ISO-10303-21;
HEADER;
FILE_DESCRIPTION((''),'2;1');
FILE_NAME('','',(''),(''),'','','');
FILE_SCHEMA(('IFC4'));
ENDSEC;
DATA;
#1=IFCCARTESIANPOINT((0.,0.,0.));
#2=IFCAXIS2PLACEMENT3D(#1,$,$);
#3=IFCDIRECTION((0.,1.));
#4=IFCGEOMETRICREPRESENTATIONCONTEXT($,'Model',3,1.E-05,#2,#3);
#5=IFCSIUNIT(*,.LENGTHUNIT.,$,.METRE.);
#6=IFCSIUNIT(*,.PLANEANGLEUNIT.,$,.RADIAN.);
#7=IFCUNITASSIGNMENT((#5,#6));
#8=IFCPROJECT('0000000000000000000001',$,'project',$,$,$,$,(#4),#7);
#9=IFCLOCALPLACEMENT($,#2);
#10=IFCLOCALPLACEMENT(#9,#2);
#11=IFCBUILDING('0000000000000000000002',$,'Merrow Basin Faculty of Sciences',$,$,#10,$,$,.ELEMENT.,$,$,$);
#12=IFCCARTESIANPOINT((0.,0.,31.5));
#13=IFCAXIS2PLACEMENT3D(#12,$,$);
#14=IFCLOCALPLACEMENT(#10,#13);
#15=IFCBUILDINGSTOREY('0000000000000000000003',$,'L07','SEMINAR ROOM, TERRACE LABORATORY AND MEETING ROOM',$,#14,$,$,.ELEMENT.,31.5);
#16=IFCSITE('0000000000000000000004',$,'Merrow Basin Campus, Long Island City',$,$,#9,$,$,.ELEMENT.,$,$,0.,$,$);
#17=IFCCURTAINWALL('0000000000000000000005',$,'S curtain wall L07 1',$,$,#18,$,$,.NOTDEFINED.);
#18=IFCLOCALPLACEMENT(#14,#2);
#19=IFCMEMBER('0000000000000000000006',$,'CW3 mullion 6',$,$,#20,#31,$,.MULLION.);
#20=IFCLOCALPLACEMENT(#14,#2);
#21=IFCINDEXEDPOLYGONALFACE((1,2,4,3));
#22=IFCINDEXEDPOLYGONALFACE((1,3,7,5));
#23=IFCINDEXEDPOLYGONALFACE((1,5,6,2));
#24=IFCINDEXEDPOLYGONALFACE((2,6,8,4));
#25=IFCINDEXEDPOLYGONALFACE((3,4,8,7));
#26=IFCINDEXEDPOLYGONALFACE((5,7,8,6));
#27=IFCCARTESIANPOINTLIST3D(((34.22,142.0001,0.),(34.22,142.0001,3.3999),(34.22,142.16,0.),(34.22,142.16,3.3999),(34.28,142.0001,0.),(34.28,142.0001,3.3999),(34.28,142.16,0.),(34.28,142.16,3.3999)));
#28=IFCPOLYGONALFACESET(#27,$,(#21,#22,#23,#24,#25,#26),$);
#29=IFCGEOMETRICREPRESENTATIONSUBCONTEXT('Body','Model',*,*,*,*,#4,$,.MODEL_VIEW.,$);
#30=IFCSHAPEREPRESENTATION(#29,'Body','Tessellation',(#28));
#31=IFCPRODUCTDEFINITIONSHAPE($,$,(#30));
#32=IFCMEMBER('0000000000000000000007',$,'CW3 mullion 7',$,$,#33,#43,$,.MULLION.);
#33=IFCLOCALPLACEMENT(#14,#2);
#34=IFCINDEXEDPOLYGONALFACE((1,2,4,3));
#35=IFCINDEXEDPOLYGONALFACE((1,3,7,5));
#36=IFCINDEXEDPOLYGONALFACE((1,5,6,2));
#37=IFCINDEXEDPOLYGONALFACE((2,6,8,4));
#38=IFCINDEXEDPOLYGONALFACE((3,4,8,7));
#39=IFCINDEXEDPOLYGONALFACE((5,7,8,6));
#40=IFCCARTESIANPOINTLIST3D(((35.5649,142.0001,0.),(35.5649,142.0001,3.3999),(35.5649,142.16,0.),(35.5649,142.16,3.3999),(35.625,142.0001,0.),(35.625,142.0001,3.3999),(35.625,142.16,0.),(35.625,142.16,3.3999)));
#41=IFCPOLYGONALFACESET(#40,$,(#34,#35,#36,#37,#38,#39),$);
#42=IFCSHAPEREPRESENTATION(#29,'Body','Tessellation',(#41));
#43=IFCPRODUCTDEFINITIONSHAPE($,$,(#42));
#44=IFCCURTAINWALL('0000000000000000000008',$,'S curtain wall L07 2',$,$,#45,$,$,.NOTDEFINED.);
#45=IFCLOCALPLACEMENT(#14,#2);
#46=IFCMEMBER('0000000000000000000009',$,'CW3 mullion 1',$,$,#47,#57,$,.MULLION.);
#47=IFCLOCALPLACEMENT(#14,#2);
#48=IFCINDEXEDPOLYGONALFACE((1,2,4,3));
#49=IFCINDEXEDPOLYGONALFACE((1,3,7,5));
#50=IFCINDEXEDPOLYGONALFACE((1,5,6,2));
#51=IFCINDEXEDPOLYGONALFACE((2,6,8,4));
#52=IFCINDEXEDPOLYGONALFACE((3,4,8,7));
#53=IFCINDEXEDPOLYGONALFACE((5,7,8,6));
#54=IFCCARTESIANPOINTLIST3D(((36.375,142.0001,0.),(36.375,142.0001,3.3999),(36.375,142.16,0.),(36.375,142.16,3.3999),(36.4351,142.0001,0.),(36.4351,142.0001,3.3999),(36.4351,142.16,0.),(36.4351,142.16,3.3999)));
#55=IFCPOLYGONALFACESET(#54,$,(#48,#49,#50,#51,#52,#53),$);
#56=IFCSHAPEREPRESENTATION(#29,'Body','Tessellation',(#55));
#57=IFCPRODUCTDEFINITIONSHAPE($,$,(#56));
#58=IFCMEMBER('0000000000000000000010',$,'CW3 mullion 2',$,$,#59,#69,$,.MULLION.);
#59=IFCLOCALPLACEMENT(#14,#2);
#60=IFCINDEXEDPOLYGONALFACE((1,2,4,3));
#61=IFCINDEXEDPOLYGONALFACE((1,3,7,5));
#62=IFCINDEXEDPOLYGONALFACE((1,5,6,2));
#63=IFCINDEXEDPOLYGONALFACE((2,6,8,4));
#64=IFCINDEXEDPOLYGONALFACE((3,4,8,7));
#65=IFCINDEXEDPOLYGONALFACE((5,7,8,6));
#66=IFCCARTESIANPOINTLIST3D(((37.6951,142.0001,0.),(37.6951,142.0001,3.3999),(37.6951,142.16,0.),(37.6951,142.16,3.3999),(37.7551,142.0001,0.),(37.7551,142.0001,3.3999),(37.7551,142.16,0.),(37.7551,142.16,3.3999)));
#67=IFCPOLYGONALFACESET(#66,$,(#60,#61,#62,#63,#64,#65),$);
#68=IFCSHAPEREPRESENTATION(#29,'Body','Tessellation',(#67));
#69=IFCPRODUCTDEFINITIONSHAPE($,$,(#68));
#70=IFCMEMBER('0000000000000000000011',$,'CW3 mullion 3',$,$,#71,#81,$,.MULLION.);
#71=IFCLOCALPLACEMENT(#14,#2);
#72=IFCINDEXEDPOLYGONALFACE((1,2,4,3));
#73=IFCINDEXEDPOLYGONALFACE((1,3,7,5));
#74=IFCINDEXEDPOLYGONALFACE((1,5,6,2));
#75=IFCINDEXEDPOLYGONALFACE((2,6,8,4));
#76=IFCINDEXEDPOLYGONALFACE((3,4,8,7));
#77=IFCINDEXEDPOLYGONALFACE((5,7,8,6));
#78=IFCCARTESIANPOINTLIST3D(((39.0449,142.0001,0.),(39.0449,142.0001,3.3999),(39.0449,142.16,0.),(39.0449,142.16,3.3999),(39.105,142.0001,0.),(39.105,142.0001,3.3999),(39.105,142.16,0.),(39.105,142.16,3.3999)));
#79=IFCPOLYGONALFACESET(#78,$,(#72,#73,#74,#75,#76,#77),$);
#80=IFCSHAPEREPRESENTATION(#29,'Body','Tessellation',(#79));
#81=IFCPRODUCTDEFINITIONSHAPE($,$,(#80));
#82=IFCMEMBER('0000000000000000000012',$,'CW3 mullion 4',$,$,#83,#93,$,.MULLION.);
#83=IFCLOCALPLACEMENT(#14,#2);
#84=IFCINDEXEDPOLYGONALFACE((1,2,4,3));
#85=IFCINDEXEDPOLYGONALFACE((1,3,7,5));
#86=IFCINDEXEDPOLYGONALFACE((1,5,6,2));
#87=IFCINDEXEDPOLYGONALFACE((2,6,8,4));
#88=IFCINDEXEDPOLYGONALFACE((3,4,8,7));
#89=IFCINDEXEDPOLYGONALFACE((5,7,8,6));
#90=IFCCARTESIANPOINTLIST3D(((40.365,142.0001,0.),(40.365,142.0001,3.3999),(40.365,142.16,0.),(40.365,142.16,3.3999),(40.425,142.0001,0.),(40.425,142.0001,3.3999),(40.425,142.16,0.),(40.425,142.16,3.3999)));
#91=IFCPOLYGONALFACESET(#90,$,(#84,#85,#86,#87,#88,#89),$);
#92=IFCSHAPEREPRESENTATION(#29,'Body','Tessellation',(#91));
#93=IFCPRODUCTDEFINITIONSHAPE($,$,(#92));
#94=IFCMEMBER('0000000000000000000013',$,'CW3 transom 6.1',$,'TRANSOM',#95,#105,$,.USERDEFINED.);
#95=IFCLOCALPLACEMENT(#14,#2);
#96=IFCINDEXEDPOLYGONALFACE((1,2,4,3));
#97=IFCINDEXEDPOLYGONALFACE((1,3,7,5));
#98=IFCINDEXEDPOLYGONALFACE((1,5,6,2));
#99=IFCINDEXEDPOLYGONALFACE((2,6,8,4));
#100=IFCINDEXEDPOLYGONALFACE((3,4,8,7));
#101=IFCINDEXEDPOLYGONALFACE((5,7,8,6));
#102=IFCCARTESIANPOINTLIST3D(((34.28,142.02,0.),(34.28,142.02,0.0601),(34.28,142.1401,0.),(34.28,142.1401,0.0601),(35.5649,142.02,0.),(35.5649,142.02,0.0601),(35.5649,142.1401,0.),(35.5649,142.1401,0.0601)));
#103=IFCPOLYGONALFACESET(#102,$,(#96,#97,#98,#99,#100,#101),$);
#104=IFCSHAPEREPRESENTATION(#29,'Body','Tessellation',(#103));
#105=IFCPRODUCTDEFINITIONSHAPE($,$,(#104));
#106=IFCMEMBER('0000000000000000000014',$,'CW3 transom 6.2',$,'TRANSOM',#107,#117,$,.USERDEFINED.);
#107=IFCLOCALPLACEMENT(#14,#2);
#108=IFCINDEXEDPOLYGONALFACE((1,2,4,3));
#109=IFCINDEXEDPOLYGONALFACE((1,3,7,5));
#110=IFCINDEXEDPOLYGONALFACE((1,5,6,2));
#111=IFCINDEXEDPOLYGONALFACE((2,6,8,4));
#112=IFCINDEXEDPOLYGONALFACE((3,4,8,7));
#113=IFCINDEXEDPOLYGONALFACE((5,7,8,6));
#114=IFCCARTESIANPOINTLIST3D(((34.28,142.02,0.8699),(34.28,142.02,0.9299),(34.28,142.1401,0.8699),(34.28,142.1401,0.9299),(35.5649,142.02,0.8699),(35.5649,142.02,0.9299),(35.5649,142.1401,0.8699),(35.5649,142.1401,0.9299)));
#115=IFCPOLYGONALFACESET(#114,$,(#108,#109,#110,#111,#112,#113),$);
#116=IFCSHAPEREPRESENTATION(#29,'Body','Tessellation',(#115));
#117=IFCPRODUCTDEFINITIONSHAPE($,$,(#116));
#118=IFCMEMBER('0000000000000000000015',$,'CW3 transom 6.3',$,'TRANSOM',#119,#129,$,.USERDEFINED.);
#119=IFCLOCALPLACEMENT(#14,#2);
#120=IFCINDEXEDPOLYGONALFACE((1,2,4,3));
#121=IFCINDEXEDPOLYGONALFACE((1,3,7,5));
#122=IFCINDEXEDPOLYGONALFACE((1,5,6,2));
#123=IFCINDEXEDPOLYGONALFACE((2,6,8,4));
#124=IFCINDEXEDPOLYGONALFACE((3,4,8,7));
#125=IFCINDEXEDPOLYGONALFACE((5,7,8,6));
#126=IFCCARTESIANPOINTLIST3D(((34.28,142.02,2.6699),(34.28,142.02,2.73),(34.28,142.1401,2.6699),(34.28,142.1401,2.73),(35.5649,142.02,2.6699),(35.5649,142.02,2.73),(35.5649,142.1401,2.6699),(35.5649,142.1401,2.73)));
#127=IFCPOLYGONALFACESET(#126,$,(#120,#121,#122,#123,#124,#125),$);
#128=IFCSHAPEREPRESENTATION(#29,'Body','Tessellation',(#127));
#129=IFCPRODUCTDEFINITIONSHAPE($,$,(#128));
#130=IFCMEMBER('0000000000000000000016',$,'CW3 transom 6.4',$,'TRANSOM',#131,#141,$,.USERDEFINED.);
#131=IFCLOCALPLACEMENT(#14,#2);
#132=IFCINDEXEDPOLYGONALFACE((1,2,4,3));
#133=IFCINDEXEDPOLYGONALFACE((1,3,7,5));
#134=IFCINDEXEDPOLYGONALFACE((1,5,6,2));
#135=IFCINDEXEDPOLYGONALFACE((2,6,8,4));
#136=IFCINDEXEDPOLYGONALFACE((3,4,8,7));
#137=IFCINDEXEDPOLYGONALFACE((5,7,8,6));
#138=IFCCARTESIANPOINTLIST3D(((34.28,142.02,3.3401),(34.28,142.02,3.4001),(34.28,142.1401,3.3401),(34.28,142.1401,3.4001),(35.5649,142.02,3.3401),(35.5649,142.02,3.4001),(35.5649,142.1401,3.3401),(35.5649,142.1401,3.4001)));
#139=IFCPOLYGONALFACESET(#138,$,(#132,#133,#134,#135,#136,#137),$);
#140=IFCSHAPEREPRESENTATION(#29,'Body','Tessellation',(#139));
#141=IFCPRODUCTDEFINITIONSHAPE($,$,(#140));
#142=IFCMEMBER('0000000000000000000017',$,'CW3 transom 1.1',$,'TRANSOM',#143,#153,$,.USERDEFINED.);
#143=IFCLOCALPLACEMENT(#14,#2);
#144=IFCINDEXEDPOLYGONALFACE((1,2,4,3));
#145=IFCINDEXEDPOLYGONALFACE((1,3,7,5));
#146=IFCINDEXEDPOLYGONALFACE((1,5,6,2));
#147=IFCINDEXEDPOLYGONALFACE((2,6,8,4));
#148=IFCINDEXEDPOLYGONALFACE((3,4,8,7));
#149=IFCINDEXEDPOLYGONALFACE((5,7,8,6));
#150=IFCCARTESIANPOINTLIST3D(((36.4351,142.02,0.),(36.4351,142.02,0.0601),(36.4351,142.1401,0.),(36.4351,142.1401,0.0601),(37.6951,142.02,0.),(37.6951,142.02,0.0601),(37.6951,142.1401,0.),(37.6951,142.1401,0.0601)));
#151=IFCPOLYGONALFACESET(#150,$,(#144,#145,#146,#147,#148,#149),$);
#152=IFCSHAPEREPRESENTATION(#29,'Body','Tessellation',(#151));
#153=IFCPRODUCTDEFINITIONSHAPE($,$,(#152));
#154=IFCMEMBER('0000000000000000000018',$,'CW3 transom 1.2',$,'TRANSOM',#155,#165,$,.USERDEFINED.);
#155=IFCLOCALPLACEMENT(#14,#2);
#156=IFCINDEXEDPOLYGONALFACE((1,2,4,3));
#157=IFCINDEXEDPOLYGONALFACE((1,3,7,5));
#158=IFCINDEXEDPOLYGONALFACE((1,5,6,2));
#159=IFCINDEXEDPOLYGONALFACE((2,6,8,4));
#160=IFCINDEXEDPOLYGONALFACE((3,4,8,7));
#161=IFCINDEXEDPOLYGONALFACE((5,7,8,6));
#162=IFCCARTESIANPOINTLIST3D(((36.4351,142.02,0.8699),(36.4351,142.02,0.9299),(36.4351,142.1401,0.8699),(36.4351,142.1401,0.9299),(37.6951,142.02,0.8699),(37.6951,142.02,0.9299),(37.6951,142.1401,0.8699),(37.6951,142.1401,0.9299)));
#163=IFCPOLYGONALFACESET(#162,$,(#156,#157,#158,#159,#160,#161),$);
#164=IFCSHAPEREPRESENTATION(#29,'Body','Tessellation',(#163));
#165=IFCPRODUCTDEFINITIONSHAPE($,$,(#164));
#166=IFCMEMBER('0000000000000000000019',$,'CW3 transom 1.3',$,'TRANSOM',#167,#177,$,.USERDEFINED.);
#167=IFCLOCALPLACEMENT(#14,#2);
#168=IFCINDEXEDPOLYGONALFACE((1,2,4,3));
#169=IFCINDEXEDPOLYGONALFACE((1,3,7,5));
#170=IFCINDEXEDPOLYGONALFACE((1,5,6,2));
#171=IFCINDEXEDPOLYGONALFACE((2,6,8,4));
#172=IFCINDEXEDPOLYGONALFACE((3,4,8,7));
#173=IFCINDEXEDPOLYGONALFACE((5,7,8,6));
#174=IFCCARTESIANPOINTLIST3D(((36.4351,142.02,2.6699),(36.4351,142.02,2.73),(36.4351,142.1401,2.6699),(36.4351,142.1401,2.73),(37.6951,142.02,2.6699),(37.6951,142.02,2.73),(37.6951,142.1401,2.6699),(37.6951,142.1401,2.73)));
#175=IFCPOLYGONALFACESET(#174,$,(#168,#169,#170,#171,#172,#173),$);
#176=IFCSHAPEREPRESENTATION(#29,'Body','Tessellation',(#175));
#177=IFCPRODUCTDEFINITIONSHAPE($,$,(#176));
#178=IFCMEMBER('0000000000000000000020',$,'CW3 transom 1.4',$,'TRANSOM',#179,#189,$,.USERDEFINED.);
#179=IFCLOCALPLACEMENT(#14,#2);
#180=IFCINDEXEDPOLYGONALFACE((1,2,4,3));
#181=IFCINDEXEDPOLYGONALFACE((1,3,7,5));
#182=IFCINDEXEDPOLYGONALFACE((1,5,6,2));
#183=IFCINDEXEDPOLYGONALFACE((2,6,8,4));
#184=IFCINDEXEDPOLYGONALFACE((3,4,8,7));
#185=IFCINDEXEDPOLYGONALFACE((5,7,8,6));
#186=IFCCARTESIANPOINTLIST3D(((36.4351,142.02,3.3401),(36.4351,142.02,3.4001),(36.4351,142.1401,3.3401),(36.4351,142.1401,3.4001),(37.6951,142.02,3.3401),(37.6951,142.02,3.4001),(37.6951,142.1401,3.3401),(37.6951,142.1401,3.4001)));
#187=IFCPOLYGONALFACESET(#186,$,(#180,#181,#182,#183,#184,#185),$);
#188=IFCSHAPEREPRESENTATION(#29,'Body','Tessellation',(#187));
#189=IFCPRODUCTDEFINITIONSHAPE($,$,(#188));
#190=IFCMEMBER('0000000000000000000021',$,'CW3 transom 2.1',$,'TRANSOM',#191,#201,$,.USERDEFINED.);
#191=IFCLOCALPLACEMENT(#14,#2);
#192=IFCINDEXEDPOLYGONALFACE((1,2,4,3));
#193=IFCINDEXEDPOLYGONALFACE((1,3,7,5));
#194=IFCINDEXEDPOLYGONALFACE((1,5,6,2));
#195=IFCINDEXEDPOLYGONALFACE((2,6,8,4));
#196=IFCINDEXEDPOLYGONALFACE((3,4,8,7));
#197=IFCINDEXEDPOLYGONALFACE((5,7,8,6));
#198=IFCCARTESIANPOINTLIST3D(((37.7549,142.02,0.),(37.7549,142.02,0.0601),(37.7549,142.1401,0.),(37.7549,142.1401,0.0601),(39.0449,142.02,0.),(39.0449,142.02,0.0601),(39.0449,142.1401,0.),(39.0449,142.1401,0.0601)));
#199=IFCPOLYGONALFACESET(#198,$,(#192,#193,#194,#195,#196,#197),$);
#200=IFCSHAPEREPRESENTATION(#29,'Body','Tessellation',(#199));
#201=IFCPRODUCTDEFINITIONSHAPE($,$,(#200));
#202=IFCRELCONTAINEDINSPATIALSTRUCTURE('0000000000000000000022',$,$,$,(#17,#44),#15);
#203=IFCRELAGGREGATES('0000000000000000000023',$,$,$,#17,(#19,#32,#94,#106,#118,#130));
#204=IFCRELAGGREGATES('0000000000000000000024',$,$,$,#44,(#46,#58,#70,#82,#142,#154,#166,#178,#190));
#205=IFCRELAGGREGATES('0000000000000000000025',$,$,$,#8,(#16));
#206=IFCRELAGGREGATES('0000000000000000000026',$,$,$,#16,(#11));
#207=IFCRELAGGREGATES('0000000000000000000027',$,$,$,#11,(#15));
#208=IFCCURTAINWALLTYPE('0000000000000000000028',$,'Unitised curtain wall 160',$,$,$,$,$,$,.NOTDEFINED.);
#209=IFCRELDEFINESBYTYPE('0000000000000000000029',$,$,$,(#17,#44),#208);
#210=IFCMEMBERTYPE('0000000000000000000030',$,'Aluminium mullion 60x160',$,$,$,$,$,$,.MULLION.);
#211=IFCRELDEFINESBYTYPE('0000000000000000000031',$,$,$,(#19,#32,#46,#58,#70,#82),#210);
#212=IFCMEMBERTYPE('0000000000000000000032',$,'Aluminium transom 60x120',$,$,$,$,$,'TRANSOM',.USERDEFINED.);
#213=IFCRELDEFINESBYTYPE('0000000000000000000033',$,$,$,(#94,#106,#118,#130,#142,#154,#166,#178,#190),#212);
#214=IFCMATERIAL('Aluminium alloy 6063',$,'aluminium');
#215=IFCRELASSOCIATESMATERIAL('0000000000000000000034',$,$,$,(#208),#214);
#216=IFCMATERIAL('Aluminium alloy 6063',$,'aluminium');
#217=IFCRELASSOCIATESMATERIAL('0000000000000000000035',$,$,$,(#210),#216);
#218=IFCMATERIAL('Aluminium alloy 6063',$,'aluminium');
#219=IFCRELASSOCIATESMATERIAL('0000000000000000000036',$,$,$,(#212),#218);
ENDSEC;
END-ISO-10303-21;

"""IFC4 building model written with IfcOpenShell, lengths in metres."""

from ifc_helpers import new_model, si_unit, direction, frame, origin, origin_2d, place, context, subcontext, project, spatial, rectangle, extrude, material, material_profile, profile_set, type_object, element, aggregate, save


model = new_model("IFC4")

# Units and contexts
model_context = context("Model", 3, precision=1e-05, world=origin(), true_north=direction((0.0, 1.0)))
body_context = subcontext(model_context, "Body", "Model", "MODEL_VIEW")
ifc_project = project(units=[si_unit("LENGTHUNIT", "METRE"), si_unit("PLANEANGLEUNIT", "RADIAN")], contexts=[model_context])

# Site, building, storey
site_placement = place(None, origin())
site = spatial("IfcSite", under=ifc_project, at=site_placement, Name="Merrow Basin Campus, Long Island City", CompositionType="ELEMENT", RefElevation=0.0)
building_placement = place(site_placement, origin())
building = spatial("IfcBuilding", under=site, at=building_placement, Name="Merrow Basin Faculty of Sciences", CompositionType="ELEMENT")
storey_placement = place(building_placement, frame((0.0, 0.0, 31.5)))
storey = spatial("IfcBuildingStorey", under=building, at=storey_placement, Name="L07", Description="SEMINAR ROOM, TERRACE LABORATORY AND MEETING ROOM", CompositionType="ELEMENT", Elevation=31.5)

# Curtain walls, members
ifc_material_1 = material(Name="Aluminium alloy 6063", Category="aluminium")
curtain_wall_type = type_object("IfcCurtainWallType", Name="Unitised curtain wall 160", PredefinedType="NOTDEFINED", material=ifc_material_1)
curtain_wall_1_placement = place(storey_placement, origin())
curtain_wall_1 = element("IfcCurtainWall", 1, at=curtain_wall_1_placement, inside=storey, type_object=curtain_wall_type, Name="S curtain wall L07 1", PredefinedType="NOTDEFINED")
ifc_material_2 = material(Name="Aluminium alloy 6063", Category="aluminium")
ifc_material_profile_1 = material_profile(ifc_material_2, rectangle(XDim=0.1599, YDim=0.0601, at=origin_2d()))
ifc_profile_set_1 = profile_set([ifc_material_profile_1], Name="Aluminium alloy 6063")
member_type_1 = type_object("IfcMemberType", Name="Aluminium mullion 60x160", PredefinedType="MULLION", material=ifc_profile_set_1)
member_1_placement = place(storey_placement, frame((34.25, 142.0801, 0.0), z_axis=(0.0, 0.0, 1.0), x_axis=(0.0, 1.0, 0.0)))
member_1 = element("IfcMember", 2, at=member_1_placement, type_object=member_type_1, Name="CW3 mullion 6", PredefinedType="MULLION", context=body_context, shape_type="SweptSolid", body=[
    extrude(rectangle(XDim=0.1599, YDim=0.0601, at=origin_2d()), origin(), (0.0, 0.0, 1.0), 3.3999),
])
member_2_placement = place(storey_placement, frame((35.595, 142.0801, 0.0), z_axis=(0.0, 0.0, 1.0), x_axis=(0.0, 1.0, 0.0)))
member_2 = element("IfcMember", 3, at=member_2_placement, type_object=member_type_1, Name="CW3 mullion 7", PredefinedType="MULLION", context=body_context, shape_type="SweptSolid", body=[
    extrude(rectangle(XDim=0.1599, YDim=0.0601, at=origin_2d()), origin(), (0.0, 0.0, 1.0), 3.3999),
])
curtain_wall_2_placement = place(storey_placement, origin())
curtain_wall_2 = element("IfcCurtainWall", 4, at=curtain_wall_2_placement, inside=storey, type_object=curtain_wall_type, Name="S curtain wall L07 2", PredefinedType="NOTDEFINED")
member_3_placement = place(storey_placement, frame((36.405, 142.0801, 0.0), z_axis=(0.0, 0.0, 1.0), x_axis=(0.0, 1.0, 0.0)))
member_3 = element("IfcMember", 5, at=member_3_placement, type_object=member_type_1, Name="CW3 mullion 1", PredefinedType="MULLION", context=body_context, shape_type="SweptSolid", body=[
    extrude(rectangle(XDim=0.1599, YDim=0.0601, at=origin_2d()), origin(), (0.0, 0.0, 1.0), 3.3999),
])
member_4_placement = place(storey_placement, frame((37.7251, 142.0801, 0.0), z_axis=(0.0, 0.0, 1.0), x_axis=(0.0, 1.0, 0.0)))
member_4 = element("IfcMember", 6, at=member_4_placement, type_object=member_type_1, Name="CW3 mullion 2", PredefinedType="MULLION", context=body_context, shape_type="SweptSolid", body=[
    extrude(rectangle(XDim=0.1599, YDim=0.0601, at=origin_2d()), origin(), (0.0, 0.0, 1.0), 3.3999),
])
member_5_placement = place(storey_placement, frame((39.075, 142.0801, 0.0), z_axis=(0.0, 0.0, 1.0), x_axis=(0.0, 1.0, 0.0)))
member_5 = element("IfcMember", 7, at=member_5_placement, type_object=member_type_1, Name="CW3 mullion 3", PredefinedType="MULLION", context=body_context, shape_type="SweptSolid", body=[
    extrude(rectangle(XDim=0.1599, YDim=0.0601, at=origin_2d()), origin(), (0.0, 0.0, 1.0), 3.3999),
])
member_6_placement = place(storey_placement, frame((40.395, 142.0801, 0.0), z_axis=(0.0, 0.0, 1.0), x_axis=(0.0, 1.0, 0.0)))
member_6 = element("IfcMember", 8, at=member_6_placement, type_object=member_type_1, Name="CW3 mullion 4", PredefinedType="MULLION", context=body_context, shape_type="SweptSolid", body=[
    extrude(rectangle(XDim=0.1599, YDim=0.0601, at=origin_2d()), origin(), (0.0, 0.0, 1.0), 3.3999),
])

# Members
ifc_material_3 = material(Name="Aluminium alloy 6063", Category="aluminium")
ifc_material_profile_2 = material_profile(ifc_material_3, rectangle(XDim=0.1201, YDim=0.0601, at=origin_2d()))
ifc_profile_set_2 = profile_set([ifc_material_profile_2], Name="Aluminium alloy 6063")
member_type_2 = type_object("IfcMemberType", Name="Aluminium transom 60x120", ElementType="TRANSOM", PredefinedType="USERDEFINED", material=ifc_profile_set_2)
member_7_placement = place(storey_placement, frame((34.28, 142.0801, 0.03), z_axis=(1.0, 0.0, 0.0), x_axis=(0.0, 1.0, 0.0)))
member_7 = element("IfcMember", 9, at=member_7_placement, type_object=member_type_2, Name="CW3 transom 6.1", ObjectType="TRANSOM", PredefinedType="USERDEFINED", context=body_context, shape_type="SweptSolid", body=[
    extrude(rectangle(XDim=0.1201, YDim=0.0601, at=origin_2d()), origin(), (0.0, 0.0, 1.0), 1.2849),
])
member_8_placement = place(storey_placement, frame((34.28, 142.0801, 0.8999), z_axis=(1.0, 0.0, 0.0), x_axis=(0.0, 1.0, 0.0)))
member_8 = element("IfcMember", 10, at=member_8_placement, type_object=member_type_2, Name="CW3 transom 6.2", ObjectType="TRANSOM", PredefinedType="USERDEFINED", context=body_context, shape_type="SweptSolid", body=[
    extrude(rectangle(XDim=0.1201, YDim=0.0601, at=origin_2d()), origin(), (0.0, 0.0, 1.0), 1.2849),
])
member_9_placement = place(storey_placement, frame((34.28, 142.0801, 2.7), z_axis=(1.0, 0.0, 0.0), x_axis=(0.0, 1.0, 0.0)))
member_9 = element("IfcMember", 11, at=member_9_placement, type_object=member_type_2, Name="CW3 transom 6.3", ObjectType="TRANSOM", PredefinedType="USERDEFINED", context=body_context, shape_type="SweptSolid", body=[
    extrude(rectangle(XDim=0.1201, YDim=0.0601, at=origin_2d()), origin(), (0.0, 0.0, 1.0), 1.2849),
])
member_10_placement = place(storey_placement, frame((34.28, 142.0801, 3.3701), z_axis=(1.0, 0.0, 0.0), x_axis=(0.0, 1.0, 0.0)))
member_10 = element("IfcMember", 12, at=member_10_placement, type_object=member_type_2, Name="CW3 transom 6.4", ObjectType="TRANSOM", PredefinedType="USERDEFINED", context=body_context, shape_type="SweptSolid", body=[
    extrude(rectangle(XDim=0.1201, YDim=0.0601, at=origin_2d()), origin(), (0.0, 0.0, 1.0), 1.2849),
])
member_11_placement = place(storey_placement, frame((36.4351, 142.0801, 0.03), z_axis=(1.0, 0.0, 0.0), x_axis=(0.0, 1.0, 0.0)))
member_11 = element("IfcMember", 13, at=member_11_placement, type_object=member_type_2, Name="CW3 transom 1.1", ObjectType="TRANSOM", PredefinedType="USERDEFINED", context=body_context, shape_type="SweptSolid", body=[
    extrude(rectangle(XDim=0.1201, YDim=0.0601, at=origin_2d()), origin(), (0.0, 0.0, 1.0), 1.26),
])
member_12_placement = place(storey_placement, frame((36.4351, 142.0801, 0.8999), z_axis=(1.0, 0.0, 0.0), x_axis=(0.0, 1.0, 0.0)))
member_12 = element("IfcMember", 14, at=member_12_placement, type_object=member_type_2, Name="CW3 transom 1.2", ObjectType="TRANSOM", PredefinedType="USERDEFINED", context=body_context, shape_type="SweptSolid", body=[
    extrude(rectangle(XDim=0.1201, YDim=0.0601, at=origin_2d()), origin(), (0.0, 0.0, 1.0), 1.26),
])
member_13_placement = place(storey_placement, frame((36.4351, 142.0801, 2.7), z_axis=(1.0, 0.0, 0.0), x_axis=(0.0, 1.0, 0.0)))
member_13 = element("IfcMember", 15, at=member_13_placement, type_object=member_type_2, Name="CW3 transom 1.3", ObjectType="TRANSOM", PredefinedType="USERDEFINED", context=body_context, shape_type="SweptSolid", body=[
    extrude(rectangle(XDim=0.1201, YDim=0.0601, at=origin_2d()), origin(), (0.0, 0.0, 1.0), 1.26),
])
member_14_placement = place(storey_placement, frame((36.4351, 142.0801, 3.3701), z_axis=(1.0, 0.0, 0.0), x_axis=(0.0, 1.0, 0.0)))
member_14 = element("IfcMember", 16, at=member_14_placement, type_object=member_type_2, Name="CW3 transom 1.4", ObjectType="TRANSOM", PredefinedType="USERDEFINED", context=body_context, shape_type="SweptSolid", body=[
    extrude(rectangle(XDim=0.1201, YDim=0.0601, at=origin_2d()), origin(), (0.0, 0.0, 1.0), 1.26),
])
member_15_placement = place(storey_placement, frame((37.7549, 142.0801, 0.03), z_axis=(1.0, 0.0, 0.0), x_axis=(0.0, 1.0, 0.0)))
member_15 = element("IfcMember", 17, at=member_15_placement, type_object=member_type_2, Name="CW3 transom 2.1", ObjectType="TRANSOM", PredefinedType="USERDEFINED", context=body_context, shape_type="SweptSolid", body=[
    extrude(rectangle(XDim=0.1201, YDim=0.0601, at=origin_2d()), origin(), (0.0, 0.0, 1.0), 1.29),
])

aggregate(curtain_wall_1, [member_1, member_2, member_7, member_8, member_9, member_10])
aggregate(curtain_wall_2, [member_3, member_4, member_5, member_6, member_11, member_12, member_13, member_14, member_15])

save(model, "model.ifc")
